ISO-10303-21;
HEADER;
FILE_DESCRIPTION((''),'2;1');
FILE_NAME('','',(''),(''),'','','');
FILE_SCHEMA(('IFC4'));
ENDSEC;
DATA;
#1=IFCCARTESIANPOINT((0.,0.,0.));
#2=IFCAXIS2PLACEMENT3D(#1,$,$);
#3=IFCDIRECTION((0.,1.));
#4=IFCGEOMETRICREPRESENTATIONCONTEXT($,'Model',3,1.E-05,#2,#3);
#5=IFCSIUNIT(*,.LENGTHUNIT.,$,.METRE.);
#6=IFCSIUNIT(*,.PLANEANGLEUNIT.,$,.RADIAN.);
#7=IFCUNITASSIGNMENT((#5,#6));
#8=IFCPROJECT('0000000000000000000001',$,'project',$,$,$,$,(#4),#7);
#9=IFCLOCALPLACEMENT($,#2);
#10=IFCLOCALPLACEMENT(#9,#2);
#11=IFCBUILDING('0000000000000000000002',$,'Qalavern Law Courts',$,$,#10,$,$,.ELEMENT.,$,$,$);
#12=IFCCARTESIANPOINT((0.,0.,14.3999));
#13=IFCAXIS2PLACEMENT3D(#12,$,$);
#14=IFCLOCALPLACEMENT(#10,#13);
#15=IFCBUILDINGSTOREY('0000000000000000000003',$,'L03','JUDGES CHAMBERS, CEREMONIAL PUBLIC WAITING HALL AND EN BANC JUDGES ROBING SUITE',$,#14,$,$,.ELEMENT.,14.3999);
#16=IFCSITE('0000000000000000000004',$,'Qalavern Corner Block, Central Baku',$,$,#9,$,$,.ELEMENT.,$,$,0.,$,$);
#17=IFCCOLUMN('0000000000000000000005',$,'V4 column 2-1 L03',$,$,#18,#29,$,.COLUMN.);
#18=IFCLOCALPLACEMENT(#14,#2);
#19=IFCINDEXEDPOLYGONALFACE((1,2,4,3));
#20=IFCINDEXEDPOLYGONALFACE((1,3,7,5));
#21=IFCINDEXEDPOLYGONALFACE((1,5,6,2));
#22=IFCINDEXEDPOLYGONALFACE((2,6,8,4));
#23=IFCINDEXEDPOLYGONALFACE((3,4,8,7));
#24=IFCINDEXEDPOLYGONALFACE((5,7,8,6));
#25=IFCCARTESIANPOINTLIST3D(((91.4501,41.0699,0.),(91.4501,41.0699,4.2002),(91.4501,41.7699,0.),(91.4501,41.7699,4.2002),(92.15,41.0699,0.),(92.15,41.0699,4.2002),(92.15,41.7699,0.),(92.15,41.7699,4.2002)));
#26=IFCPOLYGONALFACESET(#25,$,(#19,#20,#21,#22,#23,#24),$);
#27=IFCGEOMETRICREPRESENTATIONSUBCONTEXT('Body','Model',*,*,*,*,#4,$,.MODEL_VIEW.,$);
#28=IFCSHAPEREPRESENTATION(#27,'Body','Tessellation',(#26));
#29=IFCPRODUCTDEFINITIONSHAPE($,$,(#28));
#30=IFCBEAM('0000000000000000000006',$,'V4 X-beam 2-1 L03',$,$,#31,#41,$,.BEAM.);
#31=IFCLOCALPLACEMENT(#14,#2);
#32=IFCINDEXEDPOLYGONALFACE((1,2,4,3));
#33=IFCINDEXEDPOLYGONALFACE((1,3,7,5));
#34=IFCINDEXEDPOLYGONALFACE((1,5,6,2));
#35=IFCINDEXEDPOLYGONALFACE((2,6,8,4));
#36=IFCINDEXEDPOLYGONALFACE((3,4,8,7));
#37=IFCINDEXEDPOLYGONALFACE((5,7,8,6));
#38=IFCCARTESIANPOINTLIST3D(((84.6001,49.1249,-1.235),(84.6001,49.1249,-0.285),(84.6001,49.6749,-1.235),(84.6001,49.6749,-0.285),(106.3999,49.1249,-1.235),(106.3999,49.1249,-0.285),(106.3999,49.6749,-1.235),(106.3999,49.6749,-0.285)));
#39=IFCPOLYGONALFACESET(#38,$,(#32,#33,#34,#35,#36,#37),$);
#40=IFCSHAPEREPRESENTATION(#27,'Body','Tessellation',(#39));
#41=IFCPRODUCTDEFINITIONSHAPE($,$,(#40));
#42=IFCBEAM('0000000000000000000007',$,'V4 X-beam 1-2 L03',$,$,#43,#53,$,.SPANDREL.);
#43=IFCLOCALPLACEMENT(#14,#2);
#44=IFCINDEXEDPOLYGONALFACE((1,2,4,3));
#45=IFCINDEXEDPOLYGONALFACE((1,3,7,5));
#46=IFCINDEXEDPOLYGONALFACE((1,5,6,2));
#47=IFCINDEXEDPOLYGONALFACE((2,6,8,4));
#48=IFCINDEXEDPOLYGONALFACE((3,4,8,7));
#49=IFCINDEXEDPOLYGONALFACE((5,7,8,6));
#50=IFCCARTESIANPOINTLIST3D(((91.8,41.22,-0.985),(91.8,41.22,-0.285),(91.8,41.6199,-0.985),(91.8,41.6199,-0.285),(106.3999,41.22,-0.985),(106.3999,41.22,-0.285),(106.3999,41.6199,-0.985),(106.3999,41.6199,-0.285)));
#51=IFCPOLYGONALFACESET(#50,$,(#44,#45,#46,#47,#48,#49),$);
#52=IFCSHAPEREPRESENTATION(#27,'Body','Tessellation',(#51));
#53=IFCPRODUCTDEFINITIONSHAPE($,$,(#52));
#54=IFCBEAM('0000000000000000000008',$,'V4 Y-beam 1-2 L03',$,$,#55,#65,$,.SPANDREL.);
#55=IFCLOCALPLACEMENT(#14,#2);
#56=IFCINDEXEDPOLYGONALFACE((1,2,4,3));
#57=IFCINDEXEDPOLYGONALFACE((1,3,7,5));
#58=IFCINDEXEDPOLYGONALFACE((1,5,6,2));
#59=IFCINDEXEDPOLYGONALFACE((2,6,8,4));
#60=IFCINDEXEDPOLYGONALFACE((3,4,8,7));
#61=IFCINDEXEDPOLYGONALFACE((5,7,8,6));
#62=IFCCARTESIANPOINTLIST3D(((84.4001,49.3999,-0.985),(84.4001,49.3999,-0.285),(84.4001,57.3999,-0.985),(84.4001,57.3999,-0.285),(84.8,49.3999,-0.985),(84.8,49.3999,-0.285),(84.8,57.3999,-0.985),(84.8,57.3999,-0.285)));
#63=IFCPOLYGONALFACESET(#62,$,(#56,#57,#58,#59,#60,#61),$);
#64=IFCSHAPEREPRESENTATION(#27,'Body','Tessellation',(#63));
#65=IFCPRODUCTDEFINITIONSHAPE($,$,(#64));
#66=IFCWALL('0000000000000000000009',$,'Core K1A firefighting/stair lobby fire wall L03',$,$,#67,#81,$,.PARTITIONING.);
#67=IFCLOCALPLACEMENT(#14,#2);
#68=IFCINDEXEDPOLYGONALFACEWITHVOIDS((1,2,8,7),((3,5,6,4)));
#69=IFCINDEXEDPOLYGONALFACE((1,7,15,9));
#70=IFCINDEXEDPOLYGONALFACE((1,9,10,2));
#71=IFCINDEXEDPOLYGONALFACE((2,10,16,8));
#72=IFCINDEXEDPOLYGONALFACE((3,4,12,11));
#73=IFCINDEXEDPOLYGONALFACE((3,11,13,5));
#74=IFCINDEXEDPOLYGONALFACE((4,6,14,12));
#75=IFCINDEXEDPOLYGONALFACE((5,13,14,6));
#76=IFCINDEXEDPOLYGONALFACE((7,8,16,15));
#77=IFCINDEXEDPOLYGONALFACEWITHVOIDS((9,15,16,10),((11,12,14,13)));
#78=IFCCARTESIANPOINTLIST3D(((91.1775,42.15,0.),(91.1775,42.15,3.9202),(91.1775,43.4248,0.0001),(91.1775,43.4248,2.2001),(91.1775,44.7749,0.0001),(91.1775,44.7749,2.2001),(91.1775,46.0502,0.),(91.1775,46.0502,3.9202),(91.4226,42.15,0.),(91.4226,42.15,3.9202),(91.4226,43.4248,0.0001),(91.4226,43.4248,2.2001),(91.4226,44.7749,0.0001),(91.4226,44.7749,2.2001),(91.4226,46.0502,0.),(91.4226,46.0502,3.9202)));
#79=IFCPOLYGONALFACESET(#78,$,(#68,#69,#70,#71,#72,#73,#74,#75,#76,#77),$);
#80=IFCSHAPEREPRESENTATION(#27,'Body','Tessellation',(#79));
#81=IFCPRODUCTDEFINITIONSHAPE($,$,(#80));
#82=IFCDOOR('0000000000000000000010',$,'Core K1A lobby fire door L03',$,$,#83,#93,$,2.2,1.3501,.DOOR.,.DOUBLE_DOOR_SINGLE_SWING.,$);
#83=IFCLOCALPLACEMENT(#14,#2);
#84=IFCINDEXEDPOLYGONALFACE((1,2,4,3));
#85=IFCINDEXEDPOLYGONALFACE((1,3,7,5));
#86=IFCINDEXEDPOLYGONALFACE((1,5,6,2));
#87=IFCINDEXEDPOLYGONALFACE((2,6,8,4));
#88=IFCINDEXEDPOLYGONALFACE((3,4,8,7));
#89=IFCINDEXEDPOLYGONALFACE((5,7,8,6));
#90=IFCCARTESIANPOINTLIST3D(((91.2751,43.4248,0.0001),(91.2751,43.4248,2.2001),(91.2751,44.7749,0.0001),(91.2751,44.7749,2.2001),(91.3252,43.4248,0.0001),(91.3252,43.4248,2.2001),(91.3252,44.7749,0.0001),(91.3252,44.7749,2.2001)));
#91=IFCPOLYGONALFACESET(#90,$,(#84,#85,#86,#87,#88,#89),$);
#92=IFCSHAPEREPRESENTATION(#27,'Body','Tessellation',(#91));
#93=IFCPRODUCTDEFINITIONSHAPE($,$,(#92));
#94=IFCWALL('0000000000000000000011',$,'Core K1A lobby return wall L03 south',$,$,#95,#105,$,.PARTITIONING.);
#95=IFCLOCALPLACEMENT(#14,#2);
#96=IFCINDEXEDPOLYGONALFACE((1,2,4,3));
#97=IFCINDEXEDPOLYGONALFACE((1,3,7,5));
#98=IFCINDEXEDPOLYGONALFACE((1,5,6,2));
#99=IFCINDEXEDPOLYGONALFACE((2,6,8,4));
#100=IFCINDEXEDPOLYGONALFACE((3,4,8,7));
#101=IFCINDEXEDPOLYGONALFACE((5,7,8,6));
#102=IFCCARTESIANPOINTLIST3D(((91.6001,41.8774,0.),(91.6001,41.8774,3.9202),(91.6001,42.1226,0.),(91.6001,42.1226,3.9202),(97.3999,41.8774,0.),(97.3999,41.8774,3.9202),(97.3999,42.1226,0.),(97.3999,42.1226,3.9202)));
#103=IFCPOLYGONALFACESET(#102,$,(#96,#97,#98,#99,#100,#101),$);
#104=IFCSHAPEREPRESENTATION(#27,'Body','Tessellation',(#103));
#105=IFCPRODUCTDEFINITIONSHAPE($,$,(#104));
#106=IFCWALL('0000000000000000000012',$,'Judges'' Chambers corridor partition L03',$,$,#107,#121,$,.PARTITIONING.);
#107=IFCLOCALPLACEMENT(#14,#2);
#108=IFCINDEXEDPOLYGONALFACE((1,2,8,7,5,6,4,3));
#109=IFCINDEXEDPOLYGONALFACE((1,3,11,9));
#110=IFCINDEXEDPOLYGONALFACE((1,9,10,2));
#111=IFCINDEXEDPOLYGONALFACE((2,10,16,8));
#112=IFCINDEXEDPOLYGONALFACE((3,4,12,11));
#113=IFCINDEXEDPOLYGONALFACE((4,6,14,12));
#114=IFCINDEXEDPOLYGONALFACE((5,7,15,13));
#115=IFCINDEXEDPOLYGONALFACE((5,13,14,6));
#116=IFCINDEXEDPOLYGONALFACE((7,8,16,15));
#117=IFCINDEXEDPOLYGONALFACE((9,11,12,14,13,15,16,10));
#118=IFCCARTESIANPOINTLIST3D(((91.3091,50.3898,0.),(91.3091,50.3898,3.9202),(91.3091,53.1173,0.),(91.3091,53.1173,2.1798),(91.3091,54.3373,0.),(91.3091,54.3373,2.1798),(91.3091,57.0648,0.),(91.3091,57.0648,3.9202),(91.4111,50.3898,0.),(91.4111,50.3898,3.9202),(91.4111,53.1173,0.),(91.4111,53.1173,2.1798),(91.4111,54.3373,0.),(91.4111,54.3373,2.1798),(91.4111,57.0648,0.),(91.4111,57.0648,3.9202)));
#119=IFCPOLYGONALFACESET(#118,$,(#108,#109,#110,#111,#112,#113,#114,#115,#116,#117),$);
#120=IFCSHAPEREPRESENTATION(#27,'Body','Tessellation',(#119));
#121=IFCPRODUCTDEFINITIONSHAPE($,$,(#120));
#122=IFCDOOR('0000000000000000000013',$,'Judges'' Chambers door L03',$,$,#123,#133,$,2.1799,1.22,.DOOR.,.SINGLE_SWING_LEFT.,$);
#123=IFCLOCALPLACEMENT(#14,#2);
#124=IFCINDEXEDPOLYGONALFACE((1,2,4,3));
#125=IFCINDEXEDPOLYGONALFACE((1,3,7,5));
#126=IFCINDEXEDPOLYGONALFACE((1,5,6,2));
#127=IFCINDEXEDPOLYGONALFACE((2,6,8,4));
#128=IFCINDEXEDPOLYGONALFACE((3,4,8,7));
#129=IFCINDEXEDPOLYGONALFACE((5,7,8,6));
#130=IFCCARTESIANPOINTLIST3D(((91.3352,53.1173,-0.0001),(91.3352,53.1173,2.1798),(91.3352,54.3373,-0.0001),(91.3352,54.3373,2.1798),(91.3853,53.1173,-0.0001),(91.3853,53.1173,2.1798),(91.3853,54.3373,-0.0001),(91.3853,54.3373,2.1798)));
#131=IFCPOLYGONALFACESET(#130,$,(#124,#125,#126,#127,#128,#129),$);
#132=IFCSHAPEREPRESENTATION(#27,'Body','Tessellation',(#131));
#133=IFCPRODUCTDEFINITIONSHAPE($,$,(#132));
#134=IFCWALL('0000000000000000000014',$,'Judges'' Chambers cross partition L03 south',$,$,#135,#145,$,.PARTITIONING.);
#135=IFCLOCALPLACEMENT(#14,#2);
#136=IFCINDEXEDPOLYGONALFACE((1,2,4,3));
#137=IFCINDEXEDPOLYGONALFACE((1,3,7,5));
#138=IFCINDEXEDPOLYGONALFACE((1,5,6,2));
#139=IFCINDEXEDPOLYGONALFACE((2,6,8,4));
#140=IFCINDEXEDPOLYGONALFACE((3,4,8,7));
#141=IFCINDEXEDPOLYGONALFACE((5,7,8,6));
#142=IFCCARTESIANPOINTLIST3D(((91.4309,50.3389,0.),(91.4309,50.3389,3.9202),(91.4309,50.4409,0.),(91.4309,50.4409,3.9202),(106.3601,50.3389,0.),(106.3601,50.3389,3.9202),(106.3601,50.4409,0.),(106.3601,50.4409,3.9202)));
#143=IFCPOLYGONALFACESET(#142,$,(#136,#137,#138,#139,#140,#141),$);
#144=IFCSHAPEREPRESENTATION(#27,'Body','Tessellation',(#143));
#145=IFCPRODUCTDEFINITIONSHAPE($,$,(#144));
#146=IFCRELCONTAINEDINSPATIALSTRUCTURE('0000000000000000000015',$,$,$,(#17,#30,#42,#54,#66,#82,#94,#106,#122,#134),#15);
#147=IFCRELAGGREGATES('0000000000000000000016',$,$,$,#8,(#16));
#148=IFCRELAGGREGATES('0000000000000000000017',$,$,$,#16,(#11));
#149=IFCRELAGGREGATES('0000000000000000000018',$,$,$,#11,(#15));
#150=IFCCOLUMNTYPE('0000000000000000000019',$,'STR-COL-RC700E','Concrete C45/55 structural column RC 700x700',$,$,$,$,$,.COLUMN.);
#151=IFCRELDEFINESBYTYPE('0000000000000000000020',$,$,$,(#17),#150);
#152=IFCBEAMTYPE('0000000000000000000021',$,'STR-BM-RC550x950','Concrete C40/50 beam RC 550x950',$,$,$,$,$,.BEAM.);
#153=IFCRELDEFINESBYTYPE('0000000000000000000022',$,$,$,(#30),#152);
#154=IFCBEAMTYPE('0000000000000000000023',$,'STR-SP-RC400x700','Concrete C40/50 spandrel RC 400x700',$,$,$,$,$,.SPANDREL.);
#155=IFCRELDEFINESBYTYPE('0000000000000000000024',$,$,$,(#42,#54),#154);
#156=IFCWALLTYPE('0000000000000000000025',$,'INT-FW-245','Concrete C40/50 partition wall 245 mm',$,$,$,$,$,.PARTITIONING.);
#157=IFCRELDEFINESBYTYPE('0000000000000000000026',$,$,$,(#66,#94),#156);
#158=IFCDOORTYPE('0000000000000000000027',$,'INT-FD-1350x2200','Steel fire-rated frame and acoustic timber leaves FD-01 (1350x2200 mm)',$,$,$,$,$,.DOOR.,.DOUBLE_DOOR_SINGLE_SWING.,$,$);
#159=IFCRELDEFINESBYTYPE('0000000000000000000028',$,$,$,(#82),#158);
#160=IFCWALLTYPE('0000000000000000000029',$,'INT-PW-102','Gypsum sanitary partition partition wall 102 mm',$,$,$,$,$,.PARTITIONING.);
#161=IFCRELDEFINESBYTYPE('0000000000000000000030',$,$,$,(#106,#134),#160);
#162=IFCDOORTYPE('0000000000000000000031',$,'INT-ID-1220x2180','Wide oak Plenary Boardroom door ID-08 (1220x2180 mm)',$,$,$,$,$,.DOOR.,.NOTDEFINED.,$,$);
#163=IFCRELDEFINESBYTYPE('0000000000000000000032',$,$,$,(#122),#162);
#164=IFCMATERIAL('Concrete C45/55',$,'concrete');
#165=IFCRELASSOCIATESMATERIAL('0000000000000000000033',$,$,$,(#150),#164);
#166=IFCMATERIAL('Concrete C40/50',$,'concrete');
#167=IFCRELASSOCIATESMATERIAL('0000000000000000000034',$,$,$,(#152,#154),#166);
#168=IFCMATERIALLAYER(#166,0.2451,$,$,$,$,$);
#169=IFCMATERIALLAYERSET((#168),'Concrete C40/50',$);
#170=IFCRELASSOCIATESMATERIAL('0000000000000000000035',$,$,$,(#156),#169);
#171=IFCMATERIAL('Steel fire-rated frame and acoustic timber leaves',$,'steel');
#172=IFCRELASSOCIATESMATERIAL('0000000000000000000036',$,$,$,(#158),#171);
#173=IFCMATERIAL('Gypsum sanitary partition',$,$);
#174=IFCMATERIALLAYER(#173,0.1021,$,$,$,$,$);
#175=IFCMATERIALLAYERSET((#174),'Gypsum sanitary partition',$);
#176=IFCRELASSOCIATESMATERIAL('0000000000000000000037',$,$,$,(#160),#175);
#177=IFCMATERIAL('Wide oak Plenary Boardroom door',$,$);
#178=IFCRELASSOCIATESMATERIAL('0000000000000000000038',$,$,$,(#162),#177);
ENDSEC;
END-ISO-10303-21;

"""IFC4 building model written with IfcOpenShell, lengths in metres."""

from ifc_helpers import new_model, si_unit, direction, frame, frame_2d, origin, origin_2d, place, context, subcontext, project, spatial, rectangle, extrude, material, layer, layer_set, material_profile, profile_set, type_object, element, fill, save


model = new_model("IFC4")

# Units and contexts
model_context = context("Model", 3, precision=1e-05, world=origin(), true_north=direction((0.0, 1.0)))
body_context = subcontext(model_context, "Body", "Model", "MODEL_VIEW")
ifc_project = project(units=[si_unit("LENGTHUNIT", "METRE"), si_unit("PLANEANGLEUNIT", "RADIAN")], contexts=[model_context])

# Site, building, storey
site_placement = place(None, origin())
site = spatial("IfcSite", under=ifc_project, at=site_placement, Name="Qalavern Corner Block, Central Baku", CompositionType="ELEMENT", RefElevation=0.0)
building_placement = place(site_placement, origin())
building = spatial("IfcBuilding", under=site, at=building_placement, Name="Qalavern Law Courts", CompositionType="ELEMENT")
storey_placement = place(building_placement, frame((0.0, 0.0, 14.3999)))
storey = spatial("IfcBuildingStorey", under=building, at=storey_placement, Name="L03", Description="JUDGES CHAMBERS, CEREMONIAL PUBLIC WAITING HALL AND EN BANC JUDGES ROBING SUITE", CompositionType="ELEMENT", Elevation=14.3999)

# Column
ifc_material_1 = material(Name="Concrete C45/55", Category="concrete")
ifc_material_profile_1 = material_profile(ifc_material_1, rectangle(XDim=0.7, YDim=0.7, at=origin_2d()), Name="RC 700x700")
ifc_profile_set_1 = profile_set([ifc_material_profile_1], Name="Concrete C45/55")
column_type = type_object("IfcColumnType", Name="STR-COL-RC700E", Description="Concrete C45/55 structural column RC 700x700", PredefinedType="COLUMN", material=ifc_profile_set_1)
column_placement = place(storey_placement, frame((91.8, 41.4199, 0.0), z_axis=(0.0, 0.0, 1.0), x_axis=(1.0, 0.0, 0.0)))
element("IfcColumn", 1, at=column_placement, inside=storey, type_object=column_type, Name="V4 column 2-1 L03", PredefinedType="COLUMN", context=body_context, shape_type="SweptSolid", body=[
    extrude(rectangle(XDim=0.7, YDim=0.7, at=origin_2d()), origin(), (0.0, 0.0, 1.0), 4.2002),
])

# Beams
ifc_material_2 = material(Name="Concrete C40/50", Category="concrete")
ifc_material_profile_2 = material_profile(ifc_material_2, rectangle(XDim=0.55, YDim=0.95, at=origin_2d()), Name="RC 550x950")
ifc_profile_set_2 = profile_set([ifc_material_profile_2], Name="Concrete C40/50")
beam_type_1 = type_object("IfcBeamType", Name="STR-BM-RC550x950", Description="Concrete C40/50 beam RC 550x950", PredefinedType="BEAM", material=ifc_profile_set_2)
beam_1_placement = place(storey_placement, frame((84.6001, 49.3999, -0.76), z_axis=(1.0, 0.0, 0.0), x_axis=(0.0, 1.0, 0.0)))
element("IfcBeam", 2, at=beam_1_placement, inside=storey, type_object=beam_type_1, Name="V4 X-beam 2-1 L03", PredefinedType="BEAM", context=body_context, shape_type="SweptSolid", body=[
    extrude(rectangle(XDim=0.55, YDim=0.95, at=origin_2d()), origin(), (0.0, 0.0, 1.0), 21.7998),
])
ifc_material_profile_3 = material_profile(ifc_material_2, rectangle(XDim=0.3999, YDim=0.7, at=origin_2d()), Name="RC 400x700")
ifc_profile_set_3 = profile_set([ifc_material_profile_3], Name="Concrete C40/50")
beam_type_2 = type_object("IfcBeamType", Name="STR-SP-RC400x700", Description="Concrete C40/50 spandrel RC 400x700", PredefinedType="SPANDREL", material=ifc_profile_set_3)
beam_2_placement = place(storey_placement, frame((91.8, 41.4199, -0.635), z_axis=(1.0, 0.0, 0.0), x_axis=(0.0, 1.0, 0.0)))
element("IfcBeam", 3, at=beam_2_placement, inside=storey, type_object=beam_type_2, Name="V4 X-beam 1-2 L03", PredefinedType="SPANDREL", context=body_context, shape_type="SweptSolid", body=[
    extrude(rectangle(XDim=0.3999, YDim=0.7, at=origin_2d()), origin(), (0.0, 0.0, 1.0), 14.5999),
])
beam_3_placement = place(storey_placement, frame((84.6001, 49.3999, -0.635), z_axis=(0.0, 1.0, 0.0), x_axis=(-1.0, 0.0, 0.0)))
element("IfcBeam", 4, at=beam_3_placement, inside=storey, type_object=beam_type_2, Name="V4 Y-beam 1-2 L03", PredefinedType="SPANDREL", context=body_context, shape_type="SweptSolid", body=[
    extrude(rectangle(XDim=0.3999, YDim=0.7, at=origin_2d()), origin(), (0.0, 0.0, 1.0), 8.0),
])

# Wall, opening, door
ifc_layer_1 = layer(ifc_material_2, 0.2451)
ifc_layer_set_1 = layer_set([ifc_layer_1], Name="Concrete C40/50")
wall_type_1 = type_object("IfcWallType", Name="INT-FW-245", Description="Concrete C40/50 partition wall 245 mm", PredefinedType="PARTITIONING", material=ifc_layer_set_1)
wall_1_placement = place(storey_placement, frame((91.3, 42.1499, 0.0), z_axis=(0.0, 0.0, 1.0), x_axis=(0.0, 1.0, 0.0)))
wall_1 = element("IfcWall", 5, at=wall_1_placement, inside=storey, type_object=wall_type_1, Name="Core K1A firefighting/stair lobby fire wall L03", PredefinedType="PARTITIONING", context=body_context, shape_type="SweptSolid", body=[
    extrude(rectangle(XDim=3.9001, YDim=0.2451, at=frame_2d((1.9502, 0.0))), origin(), (0.0, 0.0, 1.0), 3.9202),
])
opening_1_placement = place(wall_1_placement, frame((1.2749, 0.0, 0.0)))
opening_1 = element("IfcOpeningElement", 6, at=opening_1_placement, cuts=wall_1, PredefinedType="OPENING", context=body_context, shape_type="SweptSolid", body=[
    extrude(rectangle(XDim=1.3501, YDim=2.2, at=frame_2d((0.675, 1.1001))), frame((0.0, 0.1375, 0.0), z_axis=(0.0, -1.0, 0.0), x_axis=(1.0, 0.0, 0.0)), (0.0, 0.0, 1.0), 0.2749),
])
ifc_material_3 = material(Name="Steel fire-rated frame and acoustic timber leaves", Category="steel")
door_type_1 = type_object("IfcDoorType", Name="INT-FD-1350x2200", Description="Steel fire-rated frame and acoustic timber leaves FD-01 (1350x2200 mm)", OperationType="DOUBLE_DOOR_SINGLE_SWING", PredefinedType="DOOR", material=ifc_material_3)
door_1_placement = place(opening_1_placement, origin())
door_1 = element("IfcDoor", 7, at=door_1_placement, inside=storey, type_object=door_type_1, Name="Core K1A lobby fire door L03", OperationType="DOUBLE_DOOR_SINGLE_SWING", OverallHeight=2.2, OverallWidth=1.3501, PredefinedType="DOOR", context=body_context, shape_type="SweptSolid", body=[
    extrude(rectangle(XDim=1.3501, YDim=2.2, at=frame_2d((0.675, 1.1001))), frame((0.0, 0.0249, 0.0), z_axis=(0.0, -1.0, 0.0), x_axis=(1.0, 0.0, 0.0)), (0.0, 0.0, 1.0), 0.05),
])
fill(opening_1, door_1)

# Wall
wall_2_placement = place(storey_placement, frame((91.6001, 42.0, 0.0), z_axis=(0.0, 0.0, 1.0), x_axis=(1.0, 0.0, 0.0)))
element("IfcWall", 8, at=wall_2_placement, inside=storey, type_object=wall_type_1, Name="Core K1A lobby return wall L03 south", PredefinedType="PARTITIONING", context=body_context, shape_type="SweptSolid", body=[
    extrude(rectangle(XDim=5.7998, YDim=0.2451, at=frame_2d((2.8999, 0.0))), origin(), (0.0, 0.0, 1.0), 3.9202),
])

# Wall, opening, door
ifc_material_4 = material(Name="Gypsum sanitary partition")
ifc_layer_2 = layer(ifc_material_4, 0.1021)
ifc_layer_set_2 = layer_set([ifc_layer_2], Name="Gypsum sanitary partition")
wall_type_2 = type_object("IfcWallType", Name="INT-PW-102", Description="Gypsum sanitary partition partition wall 102 mm", PredefinedType="PARTITIONING", material=ifc_layer_set_2)
wall_3_placement = place(storey_placement, frame((91.3601, 50.3899, 0.0), z_axis=(0.0, 0.0, 1.0), x_axis=(0.0, 1.0, 0.0)))
wall_3 = element("IfcWall", 9, at=wall_3_placement, inside=storey, type_object=wall_type_2, Name="Judges' Chambers corridor partition L03", PredefinedType="PARTITIONING", context=body_context, shape_type="SweptSolid", body=[
    extrude(rectangle(XDim=6.675, YDim=0.1021, at=frame_2d((3.3374, 0.0))), origin(), (0.0, 0.0, 1.0), 3.9202),
])
opening_2_placement = place(wall_3_placement, frame((2.7275, 0.0, 0.0)))
opening_2 = element("IfcOpeningElement", 10, at=opening_2_placement, cuts=wall_3, PredefinedType="OPENING", context=body_context, shape_type="SweptSolid", body=[
    extrude(rectangle(XDim=1.22, YDim=2.1799, at=frame_2d((0.6099, 1.0898))), frame((0.0, 0.0659, 0.0), z_axis=(0.0, -1.0, 0.0), x_axis=(1.0, 0.0, 0.0)), (0.0, 0.0, 1.0), 0.1318),
])
ifc_material_5 = material(Name="Wide oak Plenary Boardroom door")
door_type_2 = type_object("IfcDoorType", Name="INT-ID-1220x2180", Description="Wide oak Plenary Boardroom door ID-08 (1220x2180 mm)", OperationType="NOTDEFINED", PredefinedType="DOOR", material=ifc_material_5)
door_2_placement = place(opening_2_placement, origin())
door_2 = element("IfcDoor", 11, at=door_2_placement, inside=storey, type_object=door_type_2, Name="Judges' Chambers door L03", OperationType="SINGLE_SWING_LEFT", OverallHeight=2.1799, OverallWidth=1.22, PredefinedType="DOOR", context=body_context, shape_type="SweptSolid", body=[
    extrude(rectangle(XDim=1.22, YDim=2.1799, at=frame_2d((0.6099, 1.0898))), frame((0.0, 0.0249, 0.0), z_axis=(0.0, -1.0, 0.0), x_axis=(1.0, 0.0, 0.0)), (0.0, 0.0, 1.0), 0.05),
])
fill(opening_2, door_2)

# Wall
wall_4_placement = place(storey_placement, frame((91.4309, 50.3899, 0.0), z_axis=(0.0, 0.0, 1.0), x_axis=(1.0, 0.0, 0.0)))
element("IfcWall", 12, at=wall_4_placement, inside=storey, type_object=wall_type_2, Name="Judges' Chambers cross partition L03 south", PredefinedType="PARTITIONING", context=body_context, shape_type="SweptSolid", body=[
    extrude(rectangle(XDim=14.9292, YDim=0.1021, at=frame_2d((7.4646, 0.0))), origin(), (0.0, 0.0, 1.0), 3.9202),
])

save(model, "model.ifc")
